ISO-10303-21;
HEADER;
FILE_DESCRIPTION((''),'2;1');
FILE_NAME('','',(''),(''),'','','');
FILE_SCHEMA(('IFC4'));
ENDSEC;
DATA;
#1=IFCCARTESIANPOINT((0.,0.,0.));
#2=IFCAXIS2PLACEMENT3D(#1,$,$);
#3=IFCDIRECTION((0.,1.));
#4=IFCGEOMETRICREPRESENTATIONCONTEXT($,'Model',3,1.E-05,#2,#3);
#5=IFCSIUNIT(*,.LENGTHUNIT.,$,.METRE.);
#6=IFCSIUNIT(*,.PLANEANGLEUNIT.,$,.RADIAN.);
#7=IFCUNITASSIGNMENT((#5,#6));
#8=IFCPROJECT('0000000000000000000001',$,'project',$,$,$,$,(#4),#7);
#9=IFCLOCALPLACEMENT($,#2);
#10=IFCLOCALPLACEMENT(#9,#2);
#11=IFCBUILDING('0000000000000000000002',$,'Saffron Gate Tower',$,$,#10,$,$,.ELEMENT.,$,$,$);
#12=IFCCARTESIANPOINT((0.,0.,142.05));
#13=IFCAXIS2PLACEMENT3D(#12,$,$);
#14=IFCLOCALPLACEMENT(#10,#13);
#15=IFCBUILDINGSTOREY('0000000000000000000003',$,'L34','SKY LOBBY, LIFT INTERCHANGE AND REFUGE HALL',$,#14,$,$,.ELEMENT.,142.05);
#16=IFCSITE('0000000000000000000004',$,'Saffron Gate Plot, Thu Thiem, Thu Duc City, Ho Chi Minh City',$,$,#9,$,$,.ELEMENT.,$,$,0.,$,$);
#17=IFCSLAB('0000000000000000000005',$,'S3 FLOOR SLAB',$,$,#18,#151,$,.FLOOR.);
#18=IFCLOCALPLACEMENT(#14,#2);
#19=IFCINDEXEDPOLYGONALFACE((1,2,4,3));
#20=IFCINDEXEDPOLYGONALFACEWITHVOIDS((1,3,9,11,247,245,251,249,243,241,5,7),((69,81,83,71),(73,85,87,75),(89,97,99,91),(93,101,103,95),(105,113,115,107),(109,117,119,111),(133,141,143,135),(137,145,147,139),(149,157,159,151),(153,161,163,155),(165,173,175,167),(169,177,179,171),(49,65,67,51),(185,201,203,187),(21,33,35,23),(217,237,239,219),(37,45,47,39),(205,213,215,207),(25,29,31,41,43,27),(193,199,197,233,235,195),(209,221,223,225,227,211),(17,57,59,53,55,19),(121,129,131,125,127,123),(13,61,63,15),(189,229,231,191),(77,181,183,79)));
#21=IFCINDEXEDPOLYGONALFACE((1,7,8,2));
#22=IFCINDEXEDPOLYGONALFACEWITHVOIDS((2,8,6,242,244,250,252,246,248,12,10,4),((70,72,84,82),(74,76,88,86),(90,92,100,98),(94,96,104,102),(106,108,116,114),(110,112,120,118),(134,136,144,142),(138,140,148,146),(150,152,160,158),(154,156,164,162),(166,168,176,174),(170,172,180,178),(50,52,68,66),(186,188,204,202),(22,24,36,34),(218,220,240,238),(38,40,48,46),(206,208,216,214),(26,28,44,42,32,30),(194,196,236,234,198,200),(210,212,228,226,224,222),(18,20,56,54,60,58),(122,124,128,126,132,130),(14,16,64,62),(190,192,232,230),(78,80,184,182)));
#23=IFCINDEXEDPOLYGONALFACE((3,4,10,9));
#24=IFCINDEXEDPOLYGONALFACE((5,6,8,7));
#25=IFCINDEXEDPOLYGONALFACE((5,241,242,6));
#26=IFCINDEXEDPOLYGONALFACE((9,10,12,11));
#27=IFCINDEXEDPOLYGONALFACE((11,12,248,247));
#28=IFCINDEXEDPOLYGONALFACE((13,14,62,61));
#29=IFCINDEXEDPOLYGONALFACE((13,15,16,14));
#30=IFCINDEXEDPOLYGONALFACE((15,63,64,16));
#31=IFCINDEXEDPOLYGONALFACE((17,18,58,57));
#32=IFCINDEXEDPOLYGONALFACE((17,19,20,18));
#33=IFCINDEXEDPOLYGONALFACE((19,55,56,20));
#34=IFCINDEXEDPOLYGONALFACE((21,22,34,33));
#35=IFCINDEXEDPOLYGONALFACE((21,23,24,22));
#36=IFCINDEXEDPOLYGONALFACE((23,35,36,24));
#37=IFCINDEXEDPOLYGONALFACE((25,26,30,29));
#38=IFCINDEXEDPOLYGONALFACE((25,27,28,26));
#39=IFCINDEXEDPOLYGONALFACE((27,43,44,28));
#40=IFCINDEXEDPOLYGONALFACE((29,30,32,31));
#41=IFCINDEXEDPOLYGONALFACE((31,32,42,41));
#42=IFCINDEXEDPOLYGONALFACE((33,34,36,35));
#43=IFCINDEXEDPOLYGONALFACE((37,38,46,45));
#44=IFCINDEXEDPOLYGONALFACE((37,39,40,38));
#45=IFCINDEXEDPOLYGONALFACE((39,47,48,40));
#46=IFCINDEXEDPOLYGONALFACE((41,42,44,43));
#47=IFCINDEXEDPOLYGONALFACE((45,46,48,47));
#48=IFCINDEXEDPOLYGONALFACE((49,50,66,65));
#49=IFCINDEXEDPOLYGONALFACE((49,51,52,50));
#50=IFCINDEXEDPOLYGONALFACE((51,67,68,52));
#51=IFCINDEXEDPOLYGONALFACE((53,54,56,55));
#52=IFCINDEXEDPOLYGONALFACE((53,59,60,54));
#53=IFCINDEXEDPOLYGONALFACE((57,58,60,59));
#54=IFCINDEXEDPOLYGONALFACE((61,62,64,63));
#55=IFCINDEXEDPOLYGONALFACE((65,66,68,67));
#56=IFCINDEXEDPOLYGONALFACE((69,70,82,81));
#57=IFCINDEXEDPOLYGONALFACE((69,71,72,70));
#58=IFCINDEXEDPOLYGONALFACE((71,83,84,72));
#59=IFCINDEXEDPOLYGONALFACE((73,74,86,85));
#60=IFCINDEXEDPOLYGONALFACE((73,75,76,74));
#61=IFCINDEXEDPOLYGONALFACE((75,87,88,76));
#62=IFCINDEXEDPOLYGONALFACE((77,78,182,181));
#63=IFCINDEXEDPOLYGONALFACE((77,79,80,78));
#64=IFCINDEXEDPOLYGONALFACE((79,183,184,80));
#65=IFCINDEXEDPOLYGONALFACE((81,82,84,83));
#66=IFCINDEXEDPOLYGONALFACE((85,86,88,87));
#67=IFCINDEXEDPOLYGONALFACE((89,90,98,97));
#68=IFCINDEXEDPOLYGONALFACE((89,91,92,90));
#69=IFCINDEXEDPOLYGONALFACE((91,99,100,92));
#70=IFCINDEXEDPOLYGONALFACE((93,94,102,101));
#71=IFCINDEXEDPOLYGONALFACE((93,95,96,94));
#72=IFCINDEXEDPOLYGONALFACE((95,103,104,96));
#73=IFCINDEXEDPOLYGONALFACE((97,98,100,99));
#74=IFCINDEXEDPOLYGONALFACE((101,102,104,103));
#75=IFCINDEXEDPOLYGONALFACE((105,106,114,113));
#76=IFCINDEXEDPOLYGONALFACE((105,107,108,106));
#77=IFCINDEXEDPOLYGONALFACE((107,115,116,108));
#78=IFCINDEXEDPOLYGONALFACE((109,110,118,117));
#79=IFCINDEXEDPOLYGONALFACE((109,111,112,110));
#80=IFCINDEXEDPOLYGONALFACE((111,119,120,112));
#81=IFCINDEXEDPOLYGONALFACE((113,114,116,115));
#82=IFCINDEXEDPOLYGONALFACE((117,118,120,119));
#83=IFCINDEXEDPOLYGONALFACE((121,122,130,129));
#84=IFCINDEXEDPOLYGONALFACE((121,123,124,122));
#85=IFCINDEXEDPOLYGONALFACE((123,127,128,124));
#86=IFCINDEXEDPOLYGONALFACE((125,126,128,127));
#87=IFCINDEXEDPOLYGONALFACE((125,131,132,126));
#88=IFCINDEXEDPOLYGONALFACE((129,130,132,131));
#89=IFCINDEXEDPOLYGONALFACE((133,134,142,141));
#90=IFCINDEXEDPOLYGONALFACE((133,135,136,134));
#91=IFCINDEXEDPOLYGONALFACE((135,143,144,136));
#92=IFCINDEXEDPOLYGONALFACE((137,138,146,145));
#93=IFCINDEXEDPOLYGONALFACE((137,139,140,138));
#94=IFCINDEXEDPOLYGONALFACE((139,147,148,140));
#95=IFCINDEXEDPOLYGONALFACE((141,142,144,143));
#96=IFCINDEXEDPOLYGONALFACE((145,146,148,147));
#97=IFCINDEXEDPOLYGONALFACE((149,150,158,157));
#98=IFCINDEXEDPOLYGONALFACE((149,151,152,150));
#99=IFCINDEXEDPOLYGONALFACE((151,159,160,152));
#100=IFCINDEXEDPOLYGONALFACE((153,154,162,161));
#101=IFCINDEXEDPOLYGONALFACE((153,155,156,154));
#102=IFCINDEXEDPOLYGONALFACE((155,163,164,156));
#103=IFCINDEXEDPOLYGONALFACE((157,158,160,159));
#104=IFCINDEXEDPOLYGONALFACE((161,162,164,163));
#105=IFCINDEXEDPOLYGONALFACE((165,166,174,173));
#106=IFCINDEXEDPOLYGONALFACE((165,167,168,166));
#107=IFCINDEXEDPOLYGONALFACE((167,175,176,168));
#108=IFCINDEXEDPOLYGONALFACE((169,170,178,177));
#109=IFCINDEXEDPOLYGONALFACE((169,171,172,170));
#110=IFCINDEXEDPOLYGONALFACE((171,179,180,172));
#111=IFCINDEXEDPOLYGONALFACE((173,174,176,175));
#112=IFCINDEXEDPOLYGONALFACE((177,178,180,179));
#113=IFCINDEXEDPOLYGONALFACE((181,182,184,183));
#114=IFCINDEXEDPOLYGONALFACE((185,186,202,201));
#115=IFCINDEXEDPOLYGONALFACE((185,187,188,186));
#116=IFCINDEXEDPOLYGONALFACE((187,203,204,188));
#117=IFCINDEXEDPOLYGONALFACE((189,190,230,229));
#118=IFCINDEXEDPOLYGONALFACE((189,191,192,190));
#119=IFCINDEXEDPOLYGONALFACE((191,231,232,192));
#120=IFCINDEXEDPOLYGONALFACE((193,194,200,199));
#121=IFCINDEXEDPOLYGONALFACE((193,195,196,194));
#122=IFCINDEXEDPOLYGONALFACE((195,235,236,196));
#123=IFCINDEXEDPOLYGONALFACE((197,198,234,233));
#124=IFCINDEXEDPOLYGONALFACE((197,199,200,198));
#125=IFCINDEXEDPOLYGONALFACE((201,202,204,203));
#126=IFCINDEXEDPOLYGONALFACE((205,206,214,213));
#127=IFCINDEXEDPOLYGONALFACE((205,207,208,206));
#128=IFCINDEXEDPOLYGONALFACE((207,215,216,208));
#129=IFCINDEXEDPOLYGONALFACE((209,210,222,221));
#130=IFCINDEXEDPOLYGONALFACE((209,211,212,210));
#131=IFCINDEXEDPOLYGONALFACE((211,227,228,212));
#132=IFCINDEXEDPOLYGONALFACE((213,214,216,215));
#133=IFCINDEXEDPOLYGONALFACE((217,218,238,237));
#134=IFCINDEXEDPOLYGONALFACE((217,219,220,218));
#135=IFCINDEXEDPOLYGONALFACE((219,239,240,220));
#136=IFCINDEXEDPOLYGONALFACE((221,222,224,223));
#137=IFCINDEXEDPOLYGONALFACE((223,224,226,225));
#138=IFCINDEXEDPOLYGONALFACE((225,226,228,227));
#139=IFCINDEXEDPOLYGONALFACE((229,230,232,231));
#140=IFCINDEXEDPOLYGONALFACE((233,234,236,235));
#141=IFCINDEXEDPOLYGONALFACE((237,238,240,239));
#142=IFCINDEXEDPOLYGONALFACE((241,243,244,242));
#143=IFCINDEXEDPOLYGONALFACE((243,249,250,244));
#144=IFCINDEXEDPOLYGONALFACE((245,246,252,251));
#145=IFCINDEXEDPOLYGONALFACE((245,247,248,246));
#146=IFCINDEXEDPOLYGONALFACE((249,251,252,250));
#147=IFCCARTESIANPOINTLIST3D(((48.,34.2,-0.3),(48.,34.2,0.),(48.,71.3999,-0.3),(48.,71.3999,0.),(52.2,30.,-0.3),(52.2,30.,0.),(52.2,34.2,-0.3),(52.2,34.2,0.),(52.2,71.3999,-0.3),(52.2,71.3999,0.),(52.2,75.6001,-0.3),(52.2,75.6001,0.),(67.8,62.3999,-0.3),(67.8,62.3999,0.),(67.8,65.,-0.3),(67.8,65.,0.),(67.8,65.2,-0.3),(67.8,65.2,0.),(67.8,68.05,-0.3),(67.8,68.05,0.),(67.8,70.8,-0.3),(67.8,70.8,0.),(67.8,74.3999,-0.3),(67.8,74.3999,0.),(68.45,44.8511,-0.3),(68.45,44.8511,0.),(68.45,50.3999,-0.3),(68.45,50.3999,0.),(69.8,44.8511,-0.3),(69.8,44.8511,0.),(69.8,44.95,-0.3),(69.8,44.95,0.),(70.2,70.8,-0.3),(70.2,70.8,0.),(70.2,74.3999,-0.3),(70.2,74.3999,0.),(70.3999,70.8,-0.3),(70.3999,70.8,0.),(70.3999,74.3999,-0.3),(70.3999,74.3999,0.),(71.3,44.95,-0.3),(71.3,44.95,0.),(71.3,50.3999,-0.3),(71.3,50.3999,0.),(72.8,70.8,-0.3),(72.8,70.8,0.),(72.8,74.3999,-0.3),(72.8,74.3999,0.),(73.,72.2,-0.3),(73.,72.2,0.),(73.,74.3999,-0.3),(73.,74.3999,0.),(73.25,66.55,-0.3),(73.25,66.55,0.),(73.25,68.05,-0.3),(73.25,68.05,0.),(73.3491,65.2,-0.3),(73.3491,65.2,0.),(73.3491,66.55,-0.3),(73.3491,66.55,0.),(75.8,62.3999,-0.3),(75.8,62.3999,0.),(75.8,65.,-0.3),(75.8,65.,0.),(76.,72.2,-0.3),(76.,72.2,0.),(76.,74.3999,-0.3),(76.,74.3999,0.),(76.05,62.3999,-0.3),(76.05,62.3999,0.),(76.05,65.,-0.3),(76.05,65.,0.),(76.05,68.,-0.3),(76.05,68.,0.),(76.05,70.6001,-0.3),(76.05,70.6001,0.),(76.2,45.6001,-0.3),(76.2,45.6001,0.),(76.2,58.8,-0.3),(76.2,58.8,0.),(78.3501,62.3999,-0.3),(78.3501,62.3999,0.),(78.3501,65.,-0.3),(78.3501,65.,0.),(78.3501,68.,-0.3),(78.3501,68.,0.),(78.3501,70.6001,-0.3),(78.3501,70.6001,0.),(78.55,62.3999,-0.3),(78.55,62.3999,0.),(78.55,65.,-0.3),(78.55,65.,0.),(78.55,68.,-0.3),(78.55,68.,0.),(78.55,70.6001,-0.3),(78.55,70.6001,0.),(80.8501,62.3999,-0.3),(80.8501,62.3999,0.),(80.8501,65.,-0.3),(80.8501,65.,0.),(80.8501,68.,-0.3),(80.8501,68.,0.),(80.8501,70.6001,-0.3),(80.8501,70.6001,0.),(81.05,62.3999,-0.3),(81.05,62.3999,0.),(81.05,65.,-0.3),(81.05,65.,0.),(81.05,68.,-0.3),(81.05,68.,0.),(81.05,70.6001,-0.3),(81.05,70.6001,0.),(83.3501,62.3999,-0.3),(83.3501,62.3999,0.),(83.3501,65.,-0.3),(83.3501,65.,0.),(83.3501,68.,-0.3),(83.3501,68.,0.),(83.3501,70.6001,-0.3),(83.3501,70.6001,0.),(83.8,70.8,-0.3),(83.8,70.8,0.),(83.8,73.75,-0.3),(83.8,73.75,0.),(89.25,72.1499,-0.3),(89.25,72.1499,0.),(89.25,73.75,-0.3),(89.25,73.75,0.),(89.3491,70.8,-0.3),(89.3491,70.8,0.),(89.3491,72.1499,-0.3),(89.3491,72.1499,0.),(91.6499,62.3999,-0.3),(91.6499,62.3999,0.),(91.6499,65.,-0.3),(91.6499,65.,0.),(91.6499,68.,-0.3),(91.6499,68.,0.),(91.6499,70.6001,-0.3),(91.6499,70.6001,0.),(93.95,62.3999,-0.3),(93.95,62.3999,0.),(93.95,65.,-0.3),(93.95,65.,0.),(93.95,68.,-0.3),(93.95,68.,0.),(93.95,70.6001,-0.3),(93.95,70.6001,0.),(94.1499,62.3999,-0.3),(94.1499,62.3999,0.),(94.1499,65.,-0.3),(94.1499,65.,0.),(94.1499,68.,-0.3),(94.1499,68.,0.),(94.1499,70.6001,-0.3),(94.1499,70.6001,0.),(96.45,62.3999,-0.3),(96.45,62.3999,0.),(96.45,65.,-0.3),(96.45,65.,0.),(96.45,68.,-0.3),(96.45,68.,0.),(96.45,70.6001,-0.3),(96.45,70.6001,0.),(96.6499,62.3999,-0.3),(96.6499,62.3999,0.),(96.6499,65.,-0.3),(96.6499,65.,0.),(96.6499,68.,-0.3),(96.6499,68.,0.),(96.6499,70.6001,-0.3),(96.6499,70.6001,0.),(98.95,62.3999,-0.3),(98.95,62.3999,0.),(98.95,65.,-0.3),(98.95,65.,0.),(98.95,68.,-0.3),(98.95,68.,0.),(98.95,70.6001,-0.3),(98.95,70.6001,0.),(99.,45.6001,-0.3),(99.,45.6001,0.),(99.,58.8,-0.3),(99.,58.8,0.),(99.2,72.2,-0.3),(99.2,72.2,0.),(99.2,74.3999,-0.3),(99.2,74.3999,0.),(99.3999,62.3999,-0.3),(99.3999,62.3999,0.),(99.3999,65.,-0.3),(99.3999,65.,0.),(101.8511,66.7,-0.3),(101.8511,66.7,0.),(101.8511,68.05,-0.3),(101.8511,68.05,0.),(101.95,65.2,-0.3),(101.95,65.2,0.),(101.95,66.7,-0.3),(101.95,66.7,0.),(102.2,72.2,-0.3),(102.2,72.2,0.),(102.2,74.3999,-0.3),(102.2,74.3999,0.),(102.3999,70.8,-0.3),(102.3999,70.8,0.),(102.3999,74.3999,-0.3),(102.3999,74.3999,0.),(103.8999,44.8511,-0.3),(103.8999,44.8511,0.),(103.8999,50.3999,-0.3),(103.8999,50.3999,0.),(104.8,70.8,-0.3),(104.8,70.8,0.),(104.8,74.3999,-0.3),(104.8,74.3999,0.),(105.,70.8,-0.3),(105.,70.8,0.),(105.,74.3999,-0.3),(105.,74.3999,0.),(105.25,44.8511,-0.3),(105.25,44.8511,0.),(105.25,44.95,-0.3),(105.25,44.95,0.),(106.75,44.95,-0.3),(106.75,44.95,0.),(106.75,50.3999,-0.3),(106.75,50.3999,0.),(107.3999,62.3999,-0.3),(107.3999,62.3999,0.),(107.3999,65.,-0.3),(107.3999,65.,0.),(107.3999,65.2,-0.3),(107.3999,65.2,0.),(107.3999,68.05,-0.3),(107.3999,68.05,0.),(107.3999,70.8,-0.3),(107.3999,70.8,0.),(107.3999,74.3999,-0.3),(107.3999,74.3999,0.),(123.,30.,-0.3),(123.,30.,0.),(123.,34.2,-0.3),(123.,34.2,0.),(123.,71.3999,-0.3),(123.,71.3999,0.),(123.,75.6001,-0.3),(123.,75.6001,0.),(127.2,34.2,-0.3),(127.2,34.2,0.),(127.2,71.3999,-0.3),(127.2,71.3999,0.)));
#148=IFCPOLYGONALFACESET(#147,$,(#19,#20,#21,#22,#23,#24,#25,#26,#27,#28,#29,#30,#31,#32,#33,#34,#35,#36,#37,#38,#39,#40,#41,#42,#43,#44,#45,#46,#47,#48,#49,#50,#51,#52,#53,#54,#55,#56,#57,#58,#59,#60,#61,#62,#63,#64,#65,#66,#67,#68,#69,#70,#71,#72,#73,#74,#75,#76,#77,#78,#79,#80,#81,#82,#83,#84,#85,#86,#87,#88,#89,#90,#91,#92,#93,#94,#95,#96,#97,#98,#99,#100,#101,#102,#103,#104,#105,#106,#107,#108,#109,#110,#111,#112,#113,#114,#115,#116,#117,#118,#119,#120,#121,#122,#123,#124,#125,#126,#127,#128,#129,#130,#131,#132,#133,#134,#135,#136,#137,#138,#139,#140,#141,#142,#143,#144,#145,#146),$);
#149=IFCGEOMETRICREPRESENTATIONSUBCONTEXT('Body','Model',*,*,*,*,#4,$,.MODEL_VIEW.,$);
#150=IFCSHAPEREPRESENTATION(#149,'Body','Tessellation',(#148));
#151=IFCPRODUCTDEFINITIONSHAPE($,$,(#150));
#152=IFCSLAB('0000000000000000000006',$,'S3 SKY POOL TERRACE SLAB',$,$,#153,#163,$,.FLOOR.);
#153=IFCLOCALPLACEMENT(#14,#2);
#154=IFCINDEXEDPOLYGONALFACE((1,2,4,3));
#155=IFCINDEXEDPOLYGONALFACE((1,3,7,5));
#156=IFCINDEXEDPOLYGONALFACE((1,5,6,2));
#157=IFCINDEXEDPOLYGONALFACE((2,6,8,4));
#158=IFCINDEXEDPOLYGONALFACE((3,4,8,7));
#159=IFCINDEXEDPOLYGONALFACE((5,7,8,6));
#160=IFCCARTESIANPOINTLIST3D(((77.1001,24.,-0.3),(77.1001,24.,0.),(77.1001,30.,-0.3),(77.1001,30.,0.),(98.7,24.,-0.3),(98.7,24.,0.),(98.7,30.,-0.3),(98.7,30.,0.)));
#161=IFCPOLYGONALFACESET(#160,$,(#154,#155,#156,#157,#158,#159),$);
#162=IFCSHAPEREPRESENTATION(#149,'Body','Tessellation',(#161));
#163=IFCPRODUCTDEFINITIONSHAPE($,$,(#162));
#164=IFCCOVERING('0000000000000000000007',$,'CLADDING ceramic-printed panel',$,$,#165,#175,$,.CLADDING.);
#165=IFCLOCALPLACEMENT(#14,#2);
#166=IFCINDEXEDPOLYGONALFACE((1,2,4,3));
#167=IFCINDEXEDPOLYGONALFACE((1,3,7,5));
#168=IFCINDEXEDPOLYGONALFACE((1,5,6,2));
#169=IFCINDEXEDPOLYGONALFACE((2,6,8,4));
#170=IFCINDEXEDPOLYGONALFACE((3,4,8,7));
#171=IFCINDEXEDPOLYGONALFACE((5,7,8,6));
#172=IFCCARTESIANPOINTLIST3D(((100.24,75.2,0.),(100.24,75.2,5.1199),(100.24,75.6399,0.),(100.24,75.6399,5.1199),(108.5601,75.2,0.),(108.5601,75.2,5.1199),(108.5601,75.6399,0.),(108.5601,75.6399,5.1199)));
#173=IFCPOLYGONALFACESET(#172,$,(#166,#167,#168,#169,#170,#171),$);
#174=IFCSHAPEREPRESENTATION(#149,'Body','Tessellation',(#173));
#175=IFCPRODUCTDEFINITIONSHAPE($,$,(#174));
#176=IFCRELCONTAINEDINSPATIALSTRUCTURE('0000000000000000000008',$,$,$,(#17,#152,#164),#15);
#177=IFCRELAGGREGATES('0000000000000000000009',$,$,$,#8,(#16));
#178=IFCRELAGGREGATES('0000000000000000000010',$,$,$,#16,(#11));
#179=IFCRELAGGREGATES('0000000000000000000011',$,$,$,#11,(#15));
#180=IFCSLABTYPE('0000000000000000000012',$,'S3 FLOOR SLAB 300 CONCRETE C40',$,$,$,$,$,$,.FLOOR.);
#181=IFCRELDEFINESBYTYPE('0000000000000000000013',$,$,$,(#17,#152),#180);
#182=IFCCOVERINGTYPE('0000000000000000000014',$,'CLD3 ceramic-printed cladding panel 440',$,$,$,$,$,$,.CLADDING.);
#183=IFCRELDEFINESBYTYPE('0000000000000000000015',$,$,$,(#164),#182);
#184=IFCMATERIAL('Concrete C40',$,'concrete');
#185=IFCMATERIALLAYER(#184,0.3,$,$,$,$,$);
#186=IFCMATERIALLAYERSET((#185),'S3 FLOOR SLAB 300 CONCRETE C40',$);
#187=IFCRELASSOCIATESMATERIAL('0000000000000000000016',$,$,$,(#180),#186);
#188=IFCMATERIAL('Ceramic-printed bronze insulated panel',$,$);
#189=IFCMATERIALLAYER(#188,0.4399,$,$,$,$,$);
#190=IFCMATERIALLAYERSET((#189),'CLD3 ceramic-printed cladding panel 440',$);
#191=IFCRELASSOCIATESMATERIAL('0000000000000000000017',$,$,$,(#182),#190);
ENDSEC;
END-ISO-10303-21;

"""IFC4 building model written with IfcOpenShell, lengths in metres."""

from ifc_helpers import new_model, si_unit, direction, frame, origin, place, context, subcontext, project, spatial, polyline, outline, extrude, material, layer, layer_set, type_object, element, save


model = new_model("IFC4")

# Units and contexts
model_context = context("Model", 3, precision=1e-05, world=origin(), true_north=direction((0.0, 1.0)))
body_context = subcontext(model_context, "Body", "Model", "MODEL_VIEW")
ifc_project = project(units=[si_unit("LENGTHUNIT", "METRE"), si_unit("PLANEANGLEUNIT", "RADIAN")], contexts=[model_context])

# Site, building, storey
site_placement = place(None, origin())
site = spatial("IfcSite", under=ifc_project, at=site_placement, Name="Saffron Gate Plot, Thu Thiem, Thu Duc City, Ho Chi Minh City", CompositionType="ELEMENT", RefElevation=0.0)
building_placement = place(site_placement, origin())
building = spatial("IfcBuilding", under=site, at=building_placement, Name="Saffron Gate Tower", CompositionType="ELEMENT")
storey_placement = place(building_placement, frame((0.0, 0.0, 142.05)))
storey = spatial("IfcBuildingStorey", under=building, at=storey_placement, Name="L34", Description="SKY LOBBY, LIFT INTERCHANGE AND REFUGE HALL", CompositionType="ELEMENT", Elevation=142.05)

# Slabs
ifc_material_1 = material(Name="Concrete C40", Category="concrete")
ifc_layer_1 = layer(ifc_material_1, 0.3)
ifc_layer_set_1 = layer_set([ifc_layer_1], Name="S3 FLOOR SLAB 300 CONCRETE C40")
slab_type = type_object("IfcSlabType", Name="S3 FLOOR SLAB 300 CONCRETE C40", PredefinedType="FLOOR", material=ifc_layer_set_1)
slab_1_placement = place(storey_placement, frame((0.0, 0.0, -0.3)))
element("IfcSlab", 1, at=slab_1_placement, inside=storey, type_object=slab_type, Name="S3 FLOOR SLAB", PredefinedType="FLOOR", context=body_context, shape_type="SweptSolid", body=[
    extrude(outline(polyline([(48.0, 34.2), (52.2, 34.2), (52.2, 30.0), (123.0, 30.0), (123.0, 34.2), (127.2, 34.2), (127.2, 71.3999), (123.0, 71.3999), (123.0, 75.6001), (52.2, 75.6001), (52.2, 71.3999), (48.0, 71.3999), (48.0, 34.2)]), holes=[polyline([(67.8, 62.3999), (67.8, 65.0), (75.8, 65.0), (75.8, 62.3999), (67.8, 62.3999)]), polyline([(67.8, 65.2), (67.8, 68.05), (73.25, 68.05), (73.25, 66.55), (73.3491, 66.55), (73.3491, 65.2), (67.8, 65.2)]), polyline([(67.8, 70.8), (67.8, 74.3999), (70.2, 74.3999), (70.2, 70.8), (67.8, 70.8)]), polyline([(68.45, 44.8511), (68.45, 50.3999), (71.3, 50.3999), (71.3, 44.95), (69.8, 44.95), (69.8, 44.8511), (68.45, 44.8511)]), polyline([(70.3999, 70.8), (70.3999, 74.3999), (72.8, 74.3999), (72.8, 70.8), (70.3999, 70.8)]), polyline([(73.0, 72.2), (73.0, 74.3999), (76.0, 74.3999), (76.0, 72.2), (73.0, 72.2)]), polyline([(76.05, 62.3999), (76.05, 65.0), (78.3501, 65.0), (78.3501, 62.3999), (76.05, 62.3999)]), polyline([(76.05, 68.0), (76.05, 70.6001), (78.3501, 70.6001), (78.3501, 68.0), (76.05, 68.0)]), polyline([(76.2, 45.6001), (76.2, 58.8), (99.0, 58.8), (99.0, 45.6001), (76.2, 45.6001)]), polyline([(78.55, 62.3999), (78.55, 65.0), (80.8501, 65.0), (80.8501, 62.3999), (78.55, 62.3999)]), polyline([(78.55, 68.0), (78.55, 70.6001), (80.8501, 70.6001), (80.8501, 68.0), (78.55, 68.0)]), polyline([(81.05, 62.3999), (81.05, 65.0), (83.3501, 65.0), (83.3501, 62.3999), (81.05, 62.3999)]), polyline([(81.05, 68.0), (81.05, 70.6001), (83.3501, 70.6001), (83.3501, 68.0), (81.05, 68.0)]), polyline([(83.8, 70.8), (83.8, 73.75), (89.25, 73.75), (89.25, 72.1499), (89.3491, 72.1499), (89.3491, 70.8), (83.8, 70.8)]), polyline([(91.6499, 62.3999), (91.6499, 65.0), (93.95, 65.0), (93.95, 62.3999), (91.6499, 62.3999)]), polyline([(91.6499, 68.0), (91.6499, 70.6001), (93.95, 70.6001), (93.95, 68.0), (91.6499, 68.0)]), polyline([(94.1499, 62.3999), (94.1499, 65.0), (96.45, 65.0), (96.45, 62.3999), (94.1499, 62.3999)]), polyline([(94.1499, 68.0), (94.1499, 70.6001), (96.45, 70.6001), (96.45, 68.0), (94.1499, 68.0)]), polyline([(96.6499, 62.3999), (96.6499, 65.0), (98.95, 65.0), (98.95, 62.3999), (96.6499, 62.3999)]), polyline([(96.6499, 68.0), (96.6499, 70.6001), (98.95, 70.6001), (98.95, 68.0), (96.6499, 68.0)]), polyline([(99.2, 72.2), (99.2, 74.3999), (102.2, 74.3999), (102.2, 72.2), (99.2, 72.2)]), polyline([(99.3999, 62.3999), (99.3999, 65.0), (107.3999, 65.0), (107.3999, 62.3999), (99.3999, 62.3999)]), polyline([(101.8511, 66.7), (101.8511, 68.05), (107.3999, 68.05), (107.3999, 65.2), (101.95, 65.2), (101.95, 66.7), (101.8511, 66.7)]), polyline([(102.3999, 70.8), (102.3999, 74.3999), (104.8, 74.3999), (104.8, 70.8), (102.3999, 70.8)]), polyline([(103.8999, 44.8511), (103.8999, 50.3999), (106.75, 50.3999), (106.75, 44.95), (105.25, 44.95), (105.25, 44.8511), (103.8999, 44.8511)]), polyline([(105.0, 70.8), (105.0, 74.3999), (107.3999, 74.3999), (107.3999, 70.8), (105.0, 70.8)])]), origin(), (0.0, 0.0, 1.0), 0.3),
])
slab_2_placement = place(storey_placement, frame((0.0, 0.0, -0.3)))
element("IfcSlab", 2, at=slab_2_placement, inside=storey, type_object=slab_type, Name="S3 SKY POOL TERRACE SLAB", PredefinedType="FLOOR", context=body_context, shape_type="SweptSolid", body=[
    extrude(outline(polyline([(77.1001, 24.0), (98.7, 24.0), (98.7, 30.0), (77.1001, 30.0), (77.1001, 24.0)])), origin(), (0.0, 0.0, 1.0), 0.3),
])

# Covering
ifc_material_2 = material(Name="Ceramic-printed bronze insulated panel")
ifc_layer_2 = layer(ifc_material_2, 0.4399)
ifc_layer_set_2 = layer_set([ifc_layer_2], Name="CLD3 ceramic-printed cladding panel 440")
covering_type_1 = type_object("IfcCoveringType", Name="CLD3 ceramic-printed cladding panel 440", PredefinedType="CLADDING", material=ifc_layer_set_2)
covering_1_placement = place(storey_placement, origin())
element("IfcCovering", 3, at=covering_1_placement, inside=storey, type_object=covering_type_1, Name="CLADDING ceramic-printed panel", PredefinedType="CLADDING", context=body_context, shape_type="SweptSolid", body=[
    extrude(outline(polyline([(108.5601, 75.6399), (100.24, 75.6399), (100.24, 75.2), (108.5601, 75.2), (108.5601, 75.6399)])), origin(), (0.0, 0.0, 1.0), 5.1199),
])

save(model, "model.ifc")
